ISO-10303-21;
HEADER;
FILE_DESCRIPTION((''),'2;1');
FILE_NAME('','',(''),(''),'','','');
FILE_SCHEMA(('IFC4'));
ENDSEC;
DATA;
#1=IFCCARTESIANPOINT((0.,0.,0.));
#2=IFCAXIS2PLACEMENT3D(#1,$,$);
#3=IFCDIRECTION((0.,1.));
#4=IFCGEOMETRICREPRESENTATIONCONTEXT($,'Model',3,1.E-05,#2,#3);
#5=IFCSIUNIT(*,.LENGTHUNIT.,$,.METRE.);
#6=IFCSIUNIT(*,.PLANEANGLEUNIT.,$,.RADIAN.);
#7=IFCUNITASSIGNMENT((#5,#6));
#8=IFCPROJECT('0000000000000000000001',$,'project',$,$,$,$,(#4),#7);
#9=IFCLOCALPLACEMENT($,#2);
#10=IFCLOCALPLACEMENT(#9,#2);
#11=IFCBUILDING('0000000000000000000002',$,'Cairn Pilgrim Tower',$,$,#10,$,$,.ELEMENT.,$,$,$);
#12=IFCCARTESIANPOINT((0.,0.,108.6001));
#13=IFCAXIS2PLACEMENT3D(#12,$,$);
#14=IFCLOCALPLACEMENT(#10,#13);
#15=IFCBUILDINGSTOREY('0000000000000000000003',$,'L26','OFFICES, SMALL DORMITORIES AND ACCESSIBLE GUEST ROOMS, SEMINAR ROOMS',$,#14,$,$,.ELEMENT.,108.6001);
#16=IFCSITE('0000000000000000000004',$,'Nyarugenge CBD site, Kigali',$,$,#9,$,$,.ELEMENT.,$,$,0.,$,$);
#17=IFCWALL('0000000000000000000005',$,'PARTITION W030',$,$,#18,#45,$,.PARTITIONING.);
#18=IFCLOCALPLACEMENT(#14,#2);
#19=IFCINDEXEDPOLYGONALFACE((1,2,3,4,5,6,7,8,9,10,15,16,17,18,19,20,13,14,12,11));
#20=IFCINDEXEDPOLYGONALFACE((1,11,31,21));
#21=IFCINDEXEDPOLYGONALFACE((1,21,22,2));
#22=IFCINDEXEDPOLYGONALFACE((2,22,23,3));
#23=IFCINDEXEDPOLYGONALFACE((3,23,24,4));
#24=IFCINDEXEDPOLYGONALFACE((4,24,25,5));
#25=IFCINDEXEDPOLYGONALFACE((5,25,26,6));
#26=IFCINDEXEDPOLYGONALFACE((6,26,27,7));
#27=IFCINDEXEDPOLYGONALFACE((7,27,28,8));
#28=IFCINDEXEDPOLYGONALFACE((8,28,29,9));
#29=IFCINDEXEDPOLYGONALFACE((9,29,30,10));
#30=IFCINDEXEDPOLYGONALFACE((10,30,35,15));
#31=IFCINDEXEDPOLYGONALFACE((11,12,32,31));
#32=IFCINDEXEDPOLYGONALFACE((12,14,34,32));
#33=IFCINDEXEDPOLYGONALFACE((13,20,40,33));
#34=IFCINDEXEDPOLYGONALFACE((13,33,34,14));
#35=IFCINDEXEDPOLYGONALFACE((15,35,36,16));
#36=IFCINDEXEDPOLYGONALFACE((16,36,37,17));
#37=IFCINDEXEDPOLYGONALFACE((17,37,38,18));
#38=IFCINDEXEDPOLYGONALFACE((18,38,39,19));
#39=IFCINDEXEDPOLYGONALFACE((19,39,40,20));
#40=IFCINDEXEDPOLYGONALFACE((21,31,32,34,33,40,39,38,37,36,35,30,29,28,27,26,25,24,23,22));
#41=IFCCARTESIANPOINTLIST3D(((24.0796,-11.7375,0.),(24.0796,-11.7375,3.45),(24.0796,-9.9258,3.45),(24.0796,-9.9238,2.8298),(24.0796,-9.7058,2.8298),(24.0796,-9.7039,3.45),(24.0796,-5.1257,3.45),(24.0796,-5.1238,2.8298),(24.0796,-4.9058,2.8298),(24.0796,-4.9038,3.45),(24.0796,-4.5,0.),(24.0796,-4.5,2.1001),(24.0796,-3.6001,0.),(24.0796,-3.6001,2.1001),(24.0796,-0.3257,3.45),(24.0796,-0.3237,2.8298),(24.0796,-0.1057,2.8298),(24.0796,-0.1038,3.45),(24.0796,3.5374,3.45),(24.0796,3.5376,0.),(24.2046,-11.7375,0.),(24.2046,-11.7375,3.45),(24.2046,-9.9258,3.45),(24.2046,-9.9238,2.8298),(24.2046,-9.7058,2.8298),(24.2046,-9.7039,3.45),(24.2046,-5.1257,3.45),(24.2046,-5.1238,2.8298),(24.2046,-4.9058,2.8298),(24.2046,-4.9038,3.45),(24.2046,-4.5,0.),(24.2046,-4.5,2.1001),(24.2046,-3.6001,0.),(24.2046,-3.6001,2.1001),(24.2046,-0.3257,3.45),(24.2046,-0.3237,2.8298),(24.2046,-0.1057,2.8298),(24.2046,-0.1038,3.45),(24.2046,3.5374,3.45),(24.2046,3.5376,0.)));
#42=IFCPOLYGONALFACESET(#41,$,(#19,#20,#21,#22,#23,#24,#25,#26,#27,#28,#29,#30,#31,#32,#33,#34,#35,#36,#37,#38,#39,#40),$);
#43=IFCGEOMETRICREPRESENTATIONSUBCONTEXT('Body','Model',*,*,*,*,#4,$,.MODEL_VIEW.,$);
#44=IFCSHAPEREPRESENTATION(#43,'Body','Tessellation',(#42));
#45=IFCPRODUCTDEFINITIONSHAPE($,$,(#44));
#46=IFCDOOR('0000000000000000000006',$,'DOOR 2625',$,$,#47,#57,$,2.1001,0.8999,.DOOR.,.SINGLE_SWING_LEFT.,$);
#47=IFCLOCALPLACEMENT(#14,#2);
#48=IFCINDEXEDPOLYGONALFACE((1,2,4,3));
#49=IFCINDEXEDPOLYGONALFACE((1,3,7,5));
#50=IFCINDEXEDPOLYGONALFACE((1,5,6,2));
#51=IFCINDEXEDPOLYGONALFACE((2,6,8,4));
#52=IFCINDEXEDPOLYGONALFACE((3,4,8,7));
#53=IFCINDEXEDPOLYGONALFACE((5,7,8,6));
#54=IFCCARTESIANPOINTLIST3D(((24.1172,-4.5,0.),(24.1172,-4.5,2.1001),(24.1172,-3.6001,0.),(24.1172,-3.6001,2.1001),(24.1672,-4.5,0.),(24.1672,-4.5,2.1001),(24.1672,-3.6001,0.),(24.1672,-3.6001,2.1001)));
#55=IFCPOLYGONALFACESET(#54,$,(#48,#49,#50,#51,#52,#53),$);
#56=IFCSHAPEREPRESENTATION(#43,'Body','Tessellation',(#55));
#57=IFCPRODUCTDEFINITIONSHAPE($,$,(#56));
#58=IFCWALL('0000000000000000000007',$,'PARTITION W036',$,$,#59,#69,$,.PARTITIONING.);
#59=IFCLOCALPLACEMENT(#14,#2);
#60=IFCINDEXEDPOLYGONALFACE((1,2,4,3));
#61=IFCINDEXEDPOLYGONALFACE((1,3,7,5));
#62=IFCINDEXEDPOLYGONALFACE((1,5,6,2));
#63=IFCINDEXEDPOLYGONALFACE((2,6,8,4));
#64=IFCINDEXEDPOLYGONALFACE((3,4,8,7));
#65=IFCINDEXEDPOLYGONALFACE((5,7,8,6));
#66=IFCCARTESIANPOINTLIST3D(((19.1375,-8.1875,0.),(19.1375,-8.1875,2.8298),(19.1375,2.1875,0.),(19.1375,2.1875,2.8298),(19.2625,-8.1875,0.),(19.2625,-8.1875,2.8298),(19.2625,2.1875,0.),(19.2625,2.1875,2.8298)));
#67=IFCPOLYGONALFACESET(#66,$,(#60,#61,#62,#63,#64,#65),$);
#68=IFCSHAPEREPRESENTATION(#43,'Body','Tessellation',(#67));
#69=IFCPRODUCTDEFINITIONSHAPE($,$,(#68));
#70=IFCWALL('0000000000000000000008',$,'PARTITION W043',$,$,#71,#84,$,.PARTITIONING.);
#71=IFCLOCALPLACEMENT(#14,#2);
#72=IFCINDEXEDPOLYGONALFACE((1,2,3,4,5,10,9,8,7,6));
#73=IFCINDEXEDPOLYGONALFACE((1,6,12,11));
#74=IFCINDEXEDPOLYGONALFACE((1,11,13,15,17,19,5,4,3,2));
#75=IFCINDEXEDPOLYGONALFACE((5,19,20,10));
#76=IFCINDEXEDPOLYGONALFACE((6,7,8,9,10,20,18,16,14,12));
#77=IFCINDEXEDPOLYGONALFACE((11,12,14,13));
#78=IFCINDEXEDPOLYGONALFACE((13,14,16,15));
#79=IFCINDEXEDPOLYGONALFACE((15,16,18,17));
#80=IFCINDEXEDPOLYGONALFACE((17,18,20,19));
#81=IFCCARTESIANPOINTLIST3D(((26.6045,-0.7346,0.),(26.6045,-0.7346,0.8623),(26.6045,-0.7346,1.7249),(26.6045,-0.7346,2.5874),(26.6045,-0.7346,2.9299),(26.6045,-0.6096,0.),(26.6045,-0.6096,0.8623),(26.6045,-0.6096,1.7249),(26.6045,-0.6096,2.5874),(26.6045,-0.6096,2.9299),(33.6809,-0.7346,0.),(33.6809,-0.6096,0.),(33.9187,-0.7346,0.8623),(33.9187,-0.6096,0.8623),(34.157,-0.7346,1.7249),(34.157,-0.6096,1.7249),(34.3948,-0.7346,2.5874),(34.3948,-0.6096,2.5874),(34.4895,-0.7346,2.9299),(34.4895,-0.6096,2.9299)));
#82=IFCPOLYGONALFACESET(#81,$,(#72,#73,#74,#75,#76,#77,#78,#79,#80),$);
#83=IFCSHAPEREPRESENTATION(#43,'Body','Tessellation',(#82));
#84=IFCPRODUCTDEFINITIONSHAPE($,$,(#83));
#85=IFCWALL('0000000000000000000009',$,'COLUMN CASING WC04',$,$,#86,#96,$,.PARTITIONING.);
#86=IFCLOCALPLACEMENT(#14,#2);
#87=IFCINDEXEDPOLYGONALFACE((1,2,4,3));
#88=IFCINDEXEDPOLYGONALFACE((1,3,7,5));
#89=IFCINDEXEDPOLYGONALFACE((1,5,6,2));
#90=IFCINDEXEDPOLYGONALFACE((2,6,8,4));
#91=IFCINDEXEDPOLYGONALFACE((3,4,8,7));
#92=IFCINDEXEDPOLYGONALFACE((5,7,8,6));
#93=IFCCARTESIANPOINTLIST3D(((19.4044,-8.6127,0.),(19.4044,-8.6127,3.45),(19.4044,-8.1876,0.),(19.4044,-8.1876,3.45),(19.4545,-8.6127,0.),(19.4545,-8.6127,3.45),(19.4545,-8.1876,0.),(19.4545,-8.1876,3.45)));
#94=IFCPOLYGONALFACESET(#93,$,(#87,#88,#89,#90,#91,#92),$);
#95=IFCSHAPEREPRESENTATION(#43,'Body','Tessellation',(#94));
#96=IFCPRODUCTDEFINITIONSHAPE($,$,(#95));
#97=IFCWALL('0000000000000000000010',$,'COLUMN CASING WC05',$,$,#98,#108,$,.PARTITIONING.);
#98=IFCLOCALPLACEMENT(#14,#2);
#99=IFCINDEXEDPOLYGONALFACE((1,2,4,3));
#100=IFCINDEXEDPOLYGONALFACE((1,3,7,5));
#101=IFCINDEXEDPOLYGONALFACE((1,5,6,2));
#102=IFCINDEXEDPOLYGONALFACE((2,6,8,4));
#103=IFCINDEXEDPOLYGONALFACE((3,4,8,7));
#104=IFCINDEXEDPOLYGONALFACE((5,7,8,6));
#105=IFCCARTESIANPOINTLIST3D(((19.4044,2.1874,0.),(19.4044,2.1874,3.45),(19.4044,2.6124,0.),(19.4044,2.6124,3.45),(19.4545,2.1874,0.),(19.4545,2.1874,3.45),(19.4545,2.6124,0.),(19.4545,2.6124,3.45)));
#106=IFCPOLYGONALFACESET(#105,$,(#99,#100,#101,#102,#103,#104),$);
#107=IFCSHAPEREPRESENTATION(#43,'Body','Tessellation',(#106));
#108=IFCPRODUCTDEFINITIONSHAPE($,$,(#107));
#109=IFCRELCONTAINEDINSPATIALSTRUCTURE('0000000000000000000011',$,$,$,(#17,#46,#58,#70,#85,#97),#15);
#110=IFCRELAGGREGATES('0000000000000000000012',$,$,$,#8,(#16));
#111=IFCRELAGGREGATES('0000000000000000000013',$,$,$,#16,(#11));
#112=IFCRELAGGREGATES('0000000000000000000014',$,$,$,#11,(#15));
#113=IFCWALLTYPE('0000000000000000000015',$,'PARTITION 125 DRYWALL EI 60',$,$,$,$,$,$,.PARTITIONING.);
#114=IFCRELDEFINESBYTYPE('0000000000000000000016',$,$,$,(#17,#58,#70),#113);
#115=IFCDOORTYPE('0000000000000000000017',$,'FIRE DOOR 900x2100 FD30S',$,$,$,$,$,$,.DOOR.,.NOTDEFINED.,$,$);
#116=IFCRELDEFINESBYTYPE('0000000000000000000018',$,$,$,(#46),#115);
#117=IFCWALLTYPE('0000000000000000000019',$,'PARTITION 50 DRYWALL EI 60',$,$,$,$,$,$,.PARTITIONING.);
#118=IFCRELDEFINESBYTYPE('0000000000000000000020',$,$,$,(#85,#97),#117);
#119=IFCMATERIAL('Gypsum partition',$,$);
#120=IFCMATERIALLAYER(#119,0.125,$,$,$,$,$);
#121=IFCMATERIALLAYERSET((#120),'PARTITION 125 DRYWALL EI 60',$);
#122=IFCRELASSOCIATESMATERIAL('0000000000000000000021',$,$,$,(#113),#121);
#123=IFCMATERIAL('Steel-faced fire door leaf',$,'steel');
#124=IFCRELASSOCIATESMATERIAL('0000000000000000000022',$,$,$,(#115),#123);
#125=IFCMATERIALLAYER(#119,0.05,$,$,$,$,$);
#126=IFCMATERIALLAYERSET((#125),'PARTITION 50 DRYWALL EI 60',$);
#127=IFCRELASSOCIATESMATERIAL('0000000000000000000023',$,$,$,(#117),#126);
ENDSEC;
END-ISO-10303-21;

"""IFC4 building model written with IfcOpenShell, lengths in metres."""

from ifc_helpers import new_model, si_unit, direction, frame, frame_2d, origin, place, context, subcontext, project, spatial, polyline, rectangle, outline, extrude, material, layer, layer_set, type_object, element, fill, save


model = new_model("IFC4")

# Units and contexts
model_context = context("Model", 3, precision=1e-05, world=origin(), true_north=direction((0.0, 1.0)))
body_context = subcontext(model_context, "Body", "Model", "MODEL_VIEW")
ifc_project = project(units=[si_unit("LENGTHUNIT", "METRE"), si_unit("PLANEANGLEUNIT", "RADIAN")], contexts=[model_context])

# Site, building, storey
site_placement = place(None, origin())
site = spatial("IfcSite", under=ifc_project, at=site_placement, Name="Nyarugenge CBD site, Kigali", CompositionType="ELEMENT", RefElevation=0.0)
building_placement = place(site_placement, origin())
building = spatial("IfcBuilding", under=site, at=building_placement, Name="Cairn Pilgrim Tower", CompositionType="ELEMENT")
storey_placement = place(building_placement, frame((0.0, 0.0, 108.6001)))
storey = spatial("IfcBuildingStorey", under=building, at=storey_placement, Name="L26", Description="OFFICES, SMALL DORMITORIES AND ACCESSIBLE GUEST ROOMS, SEMINAR ROOMS", CompositionType="ELEMENT", Elevation=108.6001)

# Shared definitions
ifc_material_1 = material(Name="Gypsum partition")

# Shared definitions
ifc_layer_1 = layer(ifc_material_1, 0.125)
ifc_layer_set_1 = layer_set([ifc_layer_1], Name="PARTITION 125 DRYWALL EI 60")
wall_type_1 = type_object("IfcWallType", Name="PARTITION 125 DRYWALL EI 60", PredefinedType="PARTITIONING", material=ifc_layer_set_1)

# Wall, opening, door
wall_1_placement = place(storey_placement, frame((24.1421, -11.7375, 0.0), z_axis=(0.0, 0.0, 1.0), x_axis=(0.0, 1.0, 0.0)))
wall_1 = element("IfcWall", 1, at=wall_1_placement, inside=storey, type_object=wall_type_1, Name="PARTITION W030", PredefinedType="PARTITIONING", context=body_context, shape_type="SweptSolid", body=[
    extrude(outline(polyline([(0.0, 0.0), (15.2751, 0.0), (15.2749, 3.45), (11.6338, 3.45), (11.6318, 2.8298), (11.4138, 2.8298), (11.4119, 3.45), (6.8337, 3.45), (6.8318, 2.8298), (6.6138, 2.8298), (6.6118, 3.45), (2.0337, 3.45), (2.0317, 2.8298), (1.8137, 2.8298), (1.8118, 3.45), (0.0, 3.45), (0.0, 0.0)])), frame((0.0, 0.0625, 0.0), z_axis=(0.0, -1.0, 0.0), x_axis=(1.0, 0.0, 0.0)), (0.0, 0.0, 1.0), 0.125),
])
opening_1_placement = place(wall_1_placement, frame((7.2375, 0.0, 0.0)))
opening_1 = element("IfcOpeningElement", 2, at=opening_1_placement, cuts=wall_1, PredefinedType="OPENING", context=body_context, shape_type="SweptSolid", body=[
    extrude(rectangle(XDim=0.8999, YDim=2.1001, at=frame_2d((0.45, 1.05))), frame((0.0, 0.0725, 0.0), z_axis=(0.0, -1.0, 0.0), x_axis=(1.0, 0.0, 0.0)), (0.0, 0.0, 1.0), 0.145),
])
ifc_material_2 = material(Name="Steel-faced fire door leaf", Category="steel")
door_type_1 = type_object("IfcDoorType", Name="FIRE DOOR 900x2100 FD30S", OperationType="NOTDEFINED", PredefinedType="DOOR", material=ifc_material_2)
door_1_placement = place(opening_1_placement, origin())
door_1 = element("IfcDoor", 3, at=door_1_placement, inside=storey, type_object=door_type_1, Name="DOOR 2625", OperationType="SINGLE_SWING_LEFT", OverallHeight=2.1001, OverallWidth=0.8999, PredefinedType="DOOR", context=body_context, shape_type="SweptSolid", body=[
    extrude(rectangle(XDim=0.8999, YDim=2.1001, at=frame_2d((0.45, 1.05))), frame((0.0, 0.0249, 0.0), z_axis=(0.0, -1.0, 0.0), x_axis=(1.0, 0.0, 0.0)), (0.0, 0.0, 1.0), 0.05),
])
fill(opening_1, door_1)

# Walls
wall_2_placement = place(storey_placement, frame((19.2, -8.1875, 0.0), z_axis=(0.0, 0.0, 1.0), x_axis=(0.0, 1.0, 0.0)))
element("IfcWall", 4, at=wall_2_placement, inside=storey, type_object=wall_type_1, Name="PARTITION W036", PredefinedType="PARTITIONING", context=body_context, shape_type="SweptSolid", body=[
    extrude(rectangle(XDim=10.375, YDim=0.125, at=frame_2d((5.1875, 0.0))), origin(), (0.0, 0.0, 1.0), 2.8298),
])
wall_3_placement = place(storey_placement, frame((26.6045, -0.6721, 0.0), z_axis=(0.0, 0.0, 1.0), x_axis=(1.0, 0.0, 0.0)))
element("IfcWall", 5, at=wall_3_placement, inside=storey, type_object=wall_type_1, Name="PARTITION W043", PredefinedType="PARTITIONING", context=body_context, shape_type="SweptSolid", body=[
    extrude(outline(polyline([(0.0, 0.0), (7.0764, 0.0), (7.3142, 0.8623), (7.5525, 1.7249), (7.7903, 2.5874), (7.885, 2.9299), (0.0, 2.9299), (0.0, 2.5874), (0.0, 1.7249), (0.0, 0.8623), (0.0, 0.0)])), frame((0.0, 0.0625, 0.0), z_axis=(0.0, -1.0, 0.0), x_axis=(1.0, 0.0, 0.0)), (0.0, 0.0, 1.0), 0.125),
])
ifc_layer_2 = layer(ifc_material_1, 0.05)
ifc_layer_set_2 = layer_set([ifc_layer_2], Name="PARTITION 50 DRYWALL EI 60")
wall_type_2 = type_object("IfcWallType", Name="PARTITION 50 DRYWALL EI 60", PredefinedType="PARTITIONING", material=ifc_layer_set_2)
for number, where, z_axis, x_axis, name in (
    (6, (19.4294, -8.6125, 0.0), (0.0, 0.0, 1.0), (0.0, 1.0, 0.0), "COLUMN CASING WC04"),
    (7, (19.4294, 2.1875, 0.0), (0.0, 0.0, 1.0), (0.0, 1.0, 0.0), "COLUMN CASING WC05"),
):
    element("IfcWall", number, at=place(storey_placement, frame(where, z_axis=z_axis, x_axis=x_axis)), inside=storey, type_object=wall_type_2, Name=name, PredefinedType="PARTITIONING", context=body_context, shape_type="SweptSolid", body=[
        extrude(rectangle(XDim=0.425, YDim=0.05, at=frame_2d((0.2124, 0.0))), origin(), (0.0, 0.0, 1.0), 3.45),
    ])

save(model, "model.ifc")
